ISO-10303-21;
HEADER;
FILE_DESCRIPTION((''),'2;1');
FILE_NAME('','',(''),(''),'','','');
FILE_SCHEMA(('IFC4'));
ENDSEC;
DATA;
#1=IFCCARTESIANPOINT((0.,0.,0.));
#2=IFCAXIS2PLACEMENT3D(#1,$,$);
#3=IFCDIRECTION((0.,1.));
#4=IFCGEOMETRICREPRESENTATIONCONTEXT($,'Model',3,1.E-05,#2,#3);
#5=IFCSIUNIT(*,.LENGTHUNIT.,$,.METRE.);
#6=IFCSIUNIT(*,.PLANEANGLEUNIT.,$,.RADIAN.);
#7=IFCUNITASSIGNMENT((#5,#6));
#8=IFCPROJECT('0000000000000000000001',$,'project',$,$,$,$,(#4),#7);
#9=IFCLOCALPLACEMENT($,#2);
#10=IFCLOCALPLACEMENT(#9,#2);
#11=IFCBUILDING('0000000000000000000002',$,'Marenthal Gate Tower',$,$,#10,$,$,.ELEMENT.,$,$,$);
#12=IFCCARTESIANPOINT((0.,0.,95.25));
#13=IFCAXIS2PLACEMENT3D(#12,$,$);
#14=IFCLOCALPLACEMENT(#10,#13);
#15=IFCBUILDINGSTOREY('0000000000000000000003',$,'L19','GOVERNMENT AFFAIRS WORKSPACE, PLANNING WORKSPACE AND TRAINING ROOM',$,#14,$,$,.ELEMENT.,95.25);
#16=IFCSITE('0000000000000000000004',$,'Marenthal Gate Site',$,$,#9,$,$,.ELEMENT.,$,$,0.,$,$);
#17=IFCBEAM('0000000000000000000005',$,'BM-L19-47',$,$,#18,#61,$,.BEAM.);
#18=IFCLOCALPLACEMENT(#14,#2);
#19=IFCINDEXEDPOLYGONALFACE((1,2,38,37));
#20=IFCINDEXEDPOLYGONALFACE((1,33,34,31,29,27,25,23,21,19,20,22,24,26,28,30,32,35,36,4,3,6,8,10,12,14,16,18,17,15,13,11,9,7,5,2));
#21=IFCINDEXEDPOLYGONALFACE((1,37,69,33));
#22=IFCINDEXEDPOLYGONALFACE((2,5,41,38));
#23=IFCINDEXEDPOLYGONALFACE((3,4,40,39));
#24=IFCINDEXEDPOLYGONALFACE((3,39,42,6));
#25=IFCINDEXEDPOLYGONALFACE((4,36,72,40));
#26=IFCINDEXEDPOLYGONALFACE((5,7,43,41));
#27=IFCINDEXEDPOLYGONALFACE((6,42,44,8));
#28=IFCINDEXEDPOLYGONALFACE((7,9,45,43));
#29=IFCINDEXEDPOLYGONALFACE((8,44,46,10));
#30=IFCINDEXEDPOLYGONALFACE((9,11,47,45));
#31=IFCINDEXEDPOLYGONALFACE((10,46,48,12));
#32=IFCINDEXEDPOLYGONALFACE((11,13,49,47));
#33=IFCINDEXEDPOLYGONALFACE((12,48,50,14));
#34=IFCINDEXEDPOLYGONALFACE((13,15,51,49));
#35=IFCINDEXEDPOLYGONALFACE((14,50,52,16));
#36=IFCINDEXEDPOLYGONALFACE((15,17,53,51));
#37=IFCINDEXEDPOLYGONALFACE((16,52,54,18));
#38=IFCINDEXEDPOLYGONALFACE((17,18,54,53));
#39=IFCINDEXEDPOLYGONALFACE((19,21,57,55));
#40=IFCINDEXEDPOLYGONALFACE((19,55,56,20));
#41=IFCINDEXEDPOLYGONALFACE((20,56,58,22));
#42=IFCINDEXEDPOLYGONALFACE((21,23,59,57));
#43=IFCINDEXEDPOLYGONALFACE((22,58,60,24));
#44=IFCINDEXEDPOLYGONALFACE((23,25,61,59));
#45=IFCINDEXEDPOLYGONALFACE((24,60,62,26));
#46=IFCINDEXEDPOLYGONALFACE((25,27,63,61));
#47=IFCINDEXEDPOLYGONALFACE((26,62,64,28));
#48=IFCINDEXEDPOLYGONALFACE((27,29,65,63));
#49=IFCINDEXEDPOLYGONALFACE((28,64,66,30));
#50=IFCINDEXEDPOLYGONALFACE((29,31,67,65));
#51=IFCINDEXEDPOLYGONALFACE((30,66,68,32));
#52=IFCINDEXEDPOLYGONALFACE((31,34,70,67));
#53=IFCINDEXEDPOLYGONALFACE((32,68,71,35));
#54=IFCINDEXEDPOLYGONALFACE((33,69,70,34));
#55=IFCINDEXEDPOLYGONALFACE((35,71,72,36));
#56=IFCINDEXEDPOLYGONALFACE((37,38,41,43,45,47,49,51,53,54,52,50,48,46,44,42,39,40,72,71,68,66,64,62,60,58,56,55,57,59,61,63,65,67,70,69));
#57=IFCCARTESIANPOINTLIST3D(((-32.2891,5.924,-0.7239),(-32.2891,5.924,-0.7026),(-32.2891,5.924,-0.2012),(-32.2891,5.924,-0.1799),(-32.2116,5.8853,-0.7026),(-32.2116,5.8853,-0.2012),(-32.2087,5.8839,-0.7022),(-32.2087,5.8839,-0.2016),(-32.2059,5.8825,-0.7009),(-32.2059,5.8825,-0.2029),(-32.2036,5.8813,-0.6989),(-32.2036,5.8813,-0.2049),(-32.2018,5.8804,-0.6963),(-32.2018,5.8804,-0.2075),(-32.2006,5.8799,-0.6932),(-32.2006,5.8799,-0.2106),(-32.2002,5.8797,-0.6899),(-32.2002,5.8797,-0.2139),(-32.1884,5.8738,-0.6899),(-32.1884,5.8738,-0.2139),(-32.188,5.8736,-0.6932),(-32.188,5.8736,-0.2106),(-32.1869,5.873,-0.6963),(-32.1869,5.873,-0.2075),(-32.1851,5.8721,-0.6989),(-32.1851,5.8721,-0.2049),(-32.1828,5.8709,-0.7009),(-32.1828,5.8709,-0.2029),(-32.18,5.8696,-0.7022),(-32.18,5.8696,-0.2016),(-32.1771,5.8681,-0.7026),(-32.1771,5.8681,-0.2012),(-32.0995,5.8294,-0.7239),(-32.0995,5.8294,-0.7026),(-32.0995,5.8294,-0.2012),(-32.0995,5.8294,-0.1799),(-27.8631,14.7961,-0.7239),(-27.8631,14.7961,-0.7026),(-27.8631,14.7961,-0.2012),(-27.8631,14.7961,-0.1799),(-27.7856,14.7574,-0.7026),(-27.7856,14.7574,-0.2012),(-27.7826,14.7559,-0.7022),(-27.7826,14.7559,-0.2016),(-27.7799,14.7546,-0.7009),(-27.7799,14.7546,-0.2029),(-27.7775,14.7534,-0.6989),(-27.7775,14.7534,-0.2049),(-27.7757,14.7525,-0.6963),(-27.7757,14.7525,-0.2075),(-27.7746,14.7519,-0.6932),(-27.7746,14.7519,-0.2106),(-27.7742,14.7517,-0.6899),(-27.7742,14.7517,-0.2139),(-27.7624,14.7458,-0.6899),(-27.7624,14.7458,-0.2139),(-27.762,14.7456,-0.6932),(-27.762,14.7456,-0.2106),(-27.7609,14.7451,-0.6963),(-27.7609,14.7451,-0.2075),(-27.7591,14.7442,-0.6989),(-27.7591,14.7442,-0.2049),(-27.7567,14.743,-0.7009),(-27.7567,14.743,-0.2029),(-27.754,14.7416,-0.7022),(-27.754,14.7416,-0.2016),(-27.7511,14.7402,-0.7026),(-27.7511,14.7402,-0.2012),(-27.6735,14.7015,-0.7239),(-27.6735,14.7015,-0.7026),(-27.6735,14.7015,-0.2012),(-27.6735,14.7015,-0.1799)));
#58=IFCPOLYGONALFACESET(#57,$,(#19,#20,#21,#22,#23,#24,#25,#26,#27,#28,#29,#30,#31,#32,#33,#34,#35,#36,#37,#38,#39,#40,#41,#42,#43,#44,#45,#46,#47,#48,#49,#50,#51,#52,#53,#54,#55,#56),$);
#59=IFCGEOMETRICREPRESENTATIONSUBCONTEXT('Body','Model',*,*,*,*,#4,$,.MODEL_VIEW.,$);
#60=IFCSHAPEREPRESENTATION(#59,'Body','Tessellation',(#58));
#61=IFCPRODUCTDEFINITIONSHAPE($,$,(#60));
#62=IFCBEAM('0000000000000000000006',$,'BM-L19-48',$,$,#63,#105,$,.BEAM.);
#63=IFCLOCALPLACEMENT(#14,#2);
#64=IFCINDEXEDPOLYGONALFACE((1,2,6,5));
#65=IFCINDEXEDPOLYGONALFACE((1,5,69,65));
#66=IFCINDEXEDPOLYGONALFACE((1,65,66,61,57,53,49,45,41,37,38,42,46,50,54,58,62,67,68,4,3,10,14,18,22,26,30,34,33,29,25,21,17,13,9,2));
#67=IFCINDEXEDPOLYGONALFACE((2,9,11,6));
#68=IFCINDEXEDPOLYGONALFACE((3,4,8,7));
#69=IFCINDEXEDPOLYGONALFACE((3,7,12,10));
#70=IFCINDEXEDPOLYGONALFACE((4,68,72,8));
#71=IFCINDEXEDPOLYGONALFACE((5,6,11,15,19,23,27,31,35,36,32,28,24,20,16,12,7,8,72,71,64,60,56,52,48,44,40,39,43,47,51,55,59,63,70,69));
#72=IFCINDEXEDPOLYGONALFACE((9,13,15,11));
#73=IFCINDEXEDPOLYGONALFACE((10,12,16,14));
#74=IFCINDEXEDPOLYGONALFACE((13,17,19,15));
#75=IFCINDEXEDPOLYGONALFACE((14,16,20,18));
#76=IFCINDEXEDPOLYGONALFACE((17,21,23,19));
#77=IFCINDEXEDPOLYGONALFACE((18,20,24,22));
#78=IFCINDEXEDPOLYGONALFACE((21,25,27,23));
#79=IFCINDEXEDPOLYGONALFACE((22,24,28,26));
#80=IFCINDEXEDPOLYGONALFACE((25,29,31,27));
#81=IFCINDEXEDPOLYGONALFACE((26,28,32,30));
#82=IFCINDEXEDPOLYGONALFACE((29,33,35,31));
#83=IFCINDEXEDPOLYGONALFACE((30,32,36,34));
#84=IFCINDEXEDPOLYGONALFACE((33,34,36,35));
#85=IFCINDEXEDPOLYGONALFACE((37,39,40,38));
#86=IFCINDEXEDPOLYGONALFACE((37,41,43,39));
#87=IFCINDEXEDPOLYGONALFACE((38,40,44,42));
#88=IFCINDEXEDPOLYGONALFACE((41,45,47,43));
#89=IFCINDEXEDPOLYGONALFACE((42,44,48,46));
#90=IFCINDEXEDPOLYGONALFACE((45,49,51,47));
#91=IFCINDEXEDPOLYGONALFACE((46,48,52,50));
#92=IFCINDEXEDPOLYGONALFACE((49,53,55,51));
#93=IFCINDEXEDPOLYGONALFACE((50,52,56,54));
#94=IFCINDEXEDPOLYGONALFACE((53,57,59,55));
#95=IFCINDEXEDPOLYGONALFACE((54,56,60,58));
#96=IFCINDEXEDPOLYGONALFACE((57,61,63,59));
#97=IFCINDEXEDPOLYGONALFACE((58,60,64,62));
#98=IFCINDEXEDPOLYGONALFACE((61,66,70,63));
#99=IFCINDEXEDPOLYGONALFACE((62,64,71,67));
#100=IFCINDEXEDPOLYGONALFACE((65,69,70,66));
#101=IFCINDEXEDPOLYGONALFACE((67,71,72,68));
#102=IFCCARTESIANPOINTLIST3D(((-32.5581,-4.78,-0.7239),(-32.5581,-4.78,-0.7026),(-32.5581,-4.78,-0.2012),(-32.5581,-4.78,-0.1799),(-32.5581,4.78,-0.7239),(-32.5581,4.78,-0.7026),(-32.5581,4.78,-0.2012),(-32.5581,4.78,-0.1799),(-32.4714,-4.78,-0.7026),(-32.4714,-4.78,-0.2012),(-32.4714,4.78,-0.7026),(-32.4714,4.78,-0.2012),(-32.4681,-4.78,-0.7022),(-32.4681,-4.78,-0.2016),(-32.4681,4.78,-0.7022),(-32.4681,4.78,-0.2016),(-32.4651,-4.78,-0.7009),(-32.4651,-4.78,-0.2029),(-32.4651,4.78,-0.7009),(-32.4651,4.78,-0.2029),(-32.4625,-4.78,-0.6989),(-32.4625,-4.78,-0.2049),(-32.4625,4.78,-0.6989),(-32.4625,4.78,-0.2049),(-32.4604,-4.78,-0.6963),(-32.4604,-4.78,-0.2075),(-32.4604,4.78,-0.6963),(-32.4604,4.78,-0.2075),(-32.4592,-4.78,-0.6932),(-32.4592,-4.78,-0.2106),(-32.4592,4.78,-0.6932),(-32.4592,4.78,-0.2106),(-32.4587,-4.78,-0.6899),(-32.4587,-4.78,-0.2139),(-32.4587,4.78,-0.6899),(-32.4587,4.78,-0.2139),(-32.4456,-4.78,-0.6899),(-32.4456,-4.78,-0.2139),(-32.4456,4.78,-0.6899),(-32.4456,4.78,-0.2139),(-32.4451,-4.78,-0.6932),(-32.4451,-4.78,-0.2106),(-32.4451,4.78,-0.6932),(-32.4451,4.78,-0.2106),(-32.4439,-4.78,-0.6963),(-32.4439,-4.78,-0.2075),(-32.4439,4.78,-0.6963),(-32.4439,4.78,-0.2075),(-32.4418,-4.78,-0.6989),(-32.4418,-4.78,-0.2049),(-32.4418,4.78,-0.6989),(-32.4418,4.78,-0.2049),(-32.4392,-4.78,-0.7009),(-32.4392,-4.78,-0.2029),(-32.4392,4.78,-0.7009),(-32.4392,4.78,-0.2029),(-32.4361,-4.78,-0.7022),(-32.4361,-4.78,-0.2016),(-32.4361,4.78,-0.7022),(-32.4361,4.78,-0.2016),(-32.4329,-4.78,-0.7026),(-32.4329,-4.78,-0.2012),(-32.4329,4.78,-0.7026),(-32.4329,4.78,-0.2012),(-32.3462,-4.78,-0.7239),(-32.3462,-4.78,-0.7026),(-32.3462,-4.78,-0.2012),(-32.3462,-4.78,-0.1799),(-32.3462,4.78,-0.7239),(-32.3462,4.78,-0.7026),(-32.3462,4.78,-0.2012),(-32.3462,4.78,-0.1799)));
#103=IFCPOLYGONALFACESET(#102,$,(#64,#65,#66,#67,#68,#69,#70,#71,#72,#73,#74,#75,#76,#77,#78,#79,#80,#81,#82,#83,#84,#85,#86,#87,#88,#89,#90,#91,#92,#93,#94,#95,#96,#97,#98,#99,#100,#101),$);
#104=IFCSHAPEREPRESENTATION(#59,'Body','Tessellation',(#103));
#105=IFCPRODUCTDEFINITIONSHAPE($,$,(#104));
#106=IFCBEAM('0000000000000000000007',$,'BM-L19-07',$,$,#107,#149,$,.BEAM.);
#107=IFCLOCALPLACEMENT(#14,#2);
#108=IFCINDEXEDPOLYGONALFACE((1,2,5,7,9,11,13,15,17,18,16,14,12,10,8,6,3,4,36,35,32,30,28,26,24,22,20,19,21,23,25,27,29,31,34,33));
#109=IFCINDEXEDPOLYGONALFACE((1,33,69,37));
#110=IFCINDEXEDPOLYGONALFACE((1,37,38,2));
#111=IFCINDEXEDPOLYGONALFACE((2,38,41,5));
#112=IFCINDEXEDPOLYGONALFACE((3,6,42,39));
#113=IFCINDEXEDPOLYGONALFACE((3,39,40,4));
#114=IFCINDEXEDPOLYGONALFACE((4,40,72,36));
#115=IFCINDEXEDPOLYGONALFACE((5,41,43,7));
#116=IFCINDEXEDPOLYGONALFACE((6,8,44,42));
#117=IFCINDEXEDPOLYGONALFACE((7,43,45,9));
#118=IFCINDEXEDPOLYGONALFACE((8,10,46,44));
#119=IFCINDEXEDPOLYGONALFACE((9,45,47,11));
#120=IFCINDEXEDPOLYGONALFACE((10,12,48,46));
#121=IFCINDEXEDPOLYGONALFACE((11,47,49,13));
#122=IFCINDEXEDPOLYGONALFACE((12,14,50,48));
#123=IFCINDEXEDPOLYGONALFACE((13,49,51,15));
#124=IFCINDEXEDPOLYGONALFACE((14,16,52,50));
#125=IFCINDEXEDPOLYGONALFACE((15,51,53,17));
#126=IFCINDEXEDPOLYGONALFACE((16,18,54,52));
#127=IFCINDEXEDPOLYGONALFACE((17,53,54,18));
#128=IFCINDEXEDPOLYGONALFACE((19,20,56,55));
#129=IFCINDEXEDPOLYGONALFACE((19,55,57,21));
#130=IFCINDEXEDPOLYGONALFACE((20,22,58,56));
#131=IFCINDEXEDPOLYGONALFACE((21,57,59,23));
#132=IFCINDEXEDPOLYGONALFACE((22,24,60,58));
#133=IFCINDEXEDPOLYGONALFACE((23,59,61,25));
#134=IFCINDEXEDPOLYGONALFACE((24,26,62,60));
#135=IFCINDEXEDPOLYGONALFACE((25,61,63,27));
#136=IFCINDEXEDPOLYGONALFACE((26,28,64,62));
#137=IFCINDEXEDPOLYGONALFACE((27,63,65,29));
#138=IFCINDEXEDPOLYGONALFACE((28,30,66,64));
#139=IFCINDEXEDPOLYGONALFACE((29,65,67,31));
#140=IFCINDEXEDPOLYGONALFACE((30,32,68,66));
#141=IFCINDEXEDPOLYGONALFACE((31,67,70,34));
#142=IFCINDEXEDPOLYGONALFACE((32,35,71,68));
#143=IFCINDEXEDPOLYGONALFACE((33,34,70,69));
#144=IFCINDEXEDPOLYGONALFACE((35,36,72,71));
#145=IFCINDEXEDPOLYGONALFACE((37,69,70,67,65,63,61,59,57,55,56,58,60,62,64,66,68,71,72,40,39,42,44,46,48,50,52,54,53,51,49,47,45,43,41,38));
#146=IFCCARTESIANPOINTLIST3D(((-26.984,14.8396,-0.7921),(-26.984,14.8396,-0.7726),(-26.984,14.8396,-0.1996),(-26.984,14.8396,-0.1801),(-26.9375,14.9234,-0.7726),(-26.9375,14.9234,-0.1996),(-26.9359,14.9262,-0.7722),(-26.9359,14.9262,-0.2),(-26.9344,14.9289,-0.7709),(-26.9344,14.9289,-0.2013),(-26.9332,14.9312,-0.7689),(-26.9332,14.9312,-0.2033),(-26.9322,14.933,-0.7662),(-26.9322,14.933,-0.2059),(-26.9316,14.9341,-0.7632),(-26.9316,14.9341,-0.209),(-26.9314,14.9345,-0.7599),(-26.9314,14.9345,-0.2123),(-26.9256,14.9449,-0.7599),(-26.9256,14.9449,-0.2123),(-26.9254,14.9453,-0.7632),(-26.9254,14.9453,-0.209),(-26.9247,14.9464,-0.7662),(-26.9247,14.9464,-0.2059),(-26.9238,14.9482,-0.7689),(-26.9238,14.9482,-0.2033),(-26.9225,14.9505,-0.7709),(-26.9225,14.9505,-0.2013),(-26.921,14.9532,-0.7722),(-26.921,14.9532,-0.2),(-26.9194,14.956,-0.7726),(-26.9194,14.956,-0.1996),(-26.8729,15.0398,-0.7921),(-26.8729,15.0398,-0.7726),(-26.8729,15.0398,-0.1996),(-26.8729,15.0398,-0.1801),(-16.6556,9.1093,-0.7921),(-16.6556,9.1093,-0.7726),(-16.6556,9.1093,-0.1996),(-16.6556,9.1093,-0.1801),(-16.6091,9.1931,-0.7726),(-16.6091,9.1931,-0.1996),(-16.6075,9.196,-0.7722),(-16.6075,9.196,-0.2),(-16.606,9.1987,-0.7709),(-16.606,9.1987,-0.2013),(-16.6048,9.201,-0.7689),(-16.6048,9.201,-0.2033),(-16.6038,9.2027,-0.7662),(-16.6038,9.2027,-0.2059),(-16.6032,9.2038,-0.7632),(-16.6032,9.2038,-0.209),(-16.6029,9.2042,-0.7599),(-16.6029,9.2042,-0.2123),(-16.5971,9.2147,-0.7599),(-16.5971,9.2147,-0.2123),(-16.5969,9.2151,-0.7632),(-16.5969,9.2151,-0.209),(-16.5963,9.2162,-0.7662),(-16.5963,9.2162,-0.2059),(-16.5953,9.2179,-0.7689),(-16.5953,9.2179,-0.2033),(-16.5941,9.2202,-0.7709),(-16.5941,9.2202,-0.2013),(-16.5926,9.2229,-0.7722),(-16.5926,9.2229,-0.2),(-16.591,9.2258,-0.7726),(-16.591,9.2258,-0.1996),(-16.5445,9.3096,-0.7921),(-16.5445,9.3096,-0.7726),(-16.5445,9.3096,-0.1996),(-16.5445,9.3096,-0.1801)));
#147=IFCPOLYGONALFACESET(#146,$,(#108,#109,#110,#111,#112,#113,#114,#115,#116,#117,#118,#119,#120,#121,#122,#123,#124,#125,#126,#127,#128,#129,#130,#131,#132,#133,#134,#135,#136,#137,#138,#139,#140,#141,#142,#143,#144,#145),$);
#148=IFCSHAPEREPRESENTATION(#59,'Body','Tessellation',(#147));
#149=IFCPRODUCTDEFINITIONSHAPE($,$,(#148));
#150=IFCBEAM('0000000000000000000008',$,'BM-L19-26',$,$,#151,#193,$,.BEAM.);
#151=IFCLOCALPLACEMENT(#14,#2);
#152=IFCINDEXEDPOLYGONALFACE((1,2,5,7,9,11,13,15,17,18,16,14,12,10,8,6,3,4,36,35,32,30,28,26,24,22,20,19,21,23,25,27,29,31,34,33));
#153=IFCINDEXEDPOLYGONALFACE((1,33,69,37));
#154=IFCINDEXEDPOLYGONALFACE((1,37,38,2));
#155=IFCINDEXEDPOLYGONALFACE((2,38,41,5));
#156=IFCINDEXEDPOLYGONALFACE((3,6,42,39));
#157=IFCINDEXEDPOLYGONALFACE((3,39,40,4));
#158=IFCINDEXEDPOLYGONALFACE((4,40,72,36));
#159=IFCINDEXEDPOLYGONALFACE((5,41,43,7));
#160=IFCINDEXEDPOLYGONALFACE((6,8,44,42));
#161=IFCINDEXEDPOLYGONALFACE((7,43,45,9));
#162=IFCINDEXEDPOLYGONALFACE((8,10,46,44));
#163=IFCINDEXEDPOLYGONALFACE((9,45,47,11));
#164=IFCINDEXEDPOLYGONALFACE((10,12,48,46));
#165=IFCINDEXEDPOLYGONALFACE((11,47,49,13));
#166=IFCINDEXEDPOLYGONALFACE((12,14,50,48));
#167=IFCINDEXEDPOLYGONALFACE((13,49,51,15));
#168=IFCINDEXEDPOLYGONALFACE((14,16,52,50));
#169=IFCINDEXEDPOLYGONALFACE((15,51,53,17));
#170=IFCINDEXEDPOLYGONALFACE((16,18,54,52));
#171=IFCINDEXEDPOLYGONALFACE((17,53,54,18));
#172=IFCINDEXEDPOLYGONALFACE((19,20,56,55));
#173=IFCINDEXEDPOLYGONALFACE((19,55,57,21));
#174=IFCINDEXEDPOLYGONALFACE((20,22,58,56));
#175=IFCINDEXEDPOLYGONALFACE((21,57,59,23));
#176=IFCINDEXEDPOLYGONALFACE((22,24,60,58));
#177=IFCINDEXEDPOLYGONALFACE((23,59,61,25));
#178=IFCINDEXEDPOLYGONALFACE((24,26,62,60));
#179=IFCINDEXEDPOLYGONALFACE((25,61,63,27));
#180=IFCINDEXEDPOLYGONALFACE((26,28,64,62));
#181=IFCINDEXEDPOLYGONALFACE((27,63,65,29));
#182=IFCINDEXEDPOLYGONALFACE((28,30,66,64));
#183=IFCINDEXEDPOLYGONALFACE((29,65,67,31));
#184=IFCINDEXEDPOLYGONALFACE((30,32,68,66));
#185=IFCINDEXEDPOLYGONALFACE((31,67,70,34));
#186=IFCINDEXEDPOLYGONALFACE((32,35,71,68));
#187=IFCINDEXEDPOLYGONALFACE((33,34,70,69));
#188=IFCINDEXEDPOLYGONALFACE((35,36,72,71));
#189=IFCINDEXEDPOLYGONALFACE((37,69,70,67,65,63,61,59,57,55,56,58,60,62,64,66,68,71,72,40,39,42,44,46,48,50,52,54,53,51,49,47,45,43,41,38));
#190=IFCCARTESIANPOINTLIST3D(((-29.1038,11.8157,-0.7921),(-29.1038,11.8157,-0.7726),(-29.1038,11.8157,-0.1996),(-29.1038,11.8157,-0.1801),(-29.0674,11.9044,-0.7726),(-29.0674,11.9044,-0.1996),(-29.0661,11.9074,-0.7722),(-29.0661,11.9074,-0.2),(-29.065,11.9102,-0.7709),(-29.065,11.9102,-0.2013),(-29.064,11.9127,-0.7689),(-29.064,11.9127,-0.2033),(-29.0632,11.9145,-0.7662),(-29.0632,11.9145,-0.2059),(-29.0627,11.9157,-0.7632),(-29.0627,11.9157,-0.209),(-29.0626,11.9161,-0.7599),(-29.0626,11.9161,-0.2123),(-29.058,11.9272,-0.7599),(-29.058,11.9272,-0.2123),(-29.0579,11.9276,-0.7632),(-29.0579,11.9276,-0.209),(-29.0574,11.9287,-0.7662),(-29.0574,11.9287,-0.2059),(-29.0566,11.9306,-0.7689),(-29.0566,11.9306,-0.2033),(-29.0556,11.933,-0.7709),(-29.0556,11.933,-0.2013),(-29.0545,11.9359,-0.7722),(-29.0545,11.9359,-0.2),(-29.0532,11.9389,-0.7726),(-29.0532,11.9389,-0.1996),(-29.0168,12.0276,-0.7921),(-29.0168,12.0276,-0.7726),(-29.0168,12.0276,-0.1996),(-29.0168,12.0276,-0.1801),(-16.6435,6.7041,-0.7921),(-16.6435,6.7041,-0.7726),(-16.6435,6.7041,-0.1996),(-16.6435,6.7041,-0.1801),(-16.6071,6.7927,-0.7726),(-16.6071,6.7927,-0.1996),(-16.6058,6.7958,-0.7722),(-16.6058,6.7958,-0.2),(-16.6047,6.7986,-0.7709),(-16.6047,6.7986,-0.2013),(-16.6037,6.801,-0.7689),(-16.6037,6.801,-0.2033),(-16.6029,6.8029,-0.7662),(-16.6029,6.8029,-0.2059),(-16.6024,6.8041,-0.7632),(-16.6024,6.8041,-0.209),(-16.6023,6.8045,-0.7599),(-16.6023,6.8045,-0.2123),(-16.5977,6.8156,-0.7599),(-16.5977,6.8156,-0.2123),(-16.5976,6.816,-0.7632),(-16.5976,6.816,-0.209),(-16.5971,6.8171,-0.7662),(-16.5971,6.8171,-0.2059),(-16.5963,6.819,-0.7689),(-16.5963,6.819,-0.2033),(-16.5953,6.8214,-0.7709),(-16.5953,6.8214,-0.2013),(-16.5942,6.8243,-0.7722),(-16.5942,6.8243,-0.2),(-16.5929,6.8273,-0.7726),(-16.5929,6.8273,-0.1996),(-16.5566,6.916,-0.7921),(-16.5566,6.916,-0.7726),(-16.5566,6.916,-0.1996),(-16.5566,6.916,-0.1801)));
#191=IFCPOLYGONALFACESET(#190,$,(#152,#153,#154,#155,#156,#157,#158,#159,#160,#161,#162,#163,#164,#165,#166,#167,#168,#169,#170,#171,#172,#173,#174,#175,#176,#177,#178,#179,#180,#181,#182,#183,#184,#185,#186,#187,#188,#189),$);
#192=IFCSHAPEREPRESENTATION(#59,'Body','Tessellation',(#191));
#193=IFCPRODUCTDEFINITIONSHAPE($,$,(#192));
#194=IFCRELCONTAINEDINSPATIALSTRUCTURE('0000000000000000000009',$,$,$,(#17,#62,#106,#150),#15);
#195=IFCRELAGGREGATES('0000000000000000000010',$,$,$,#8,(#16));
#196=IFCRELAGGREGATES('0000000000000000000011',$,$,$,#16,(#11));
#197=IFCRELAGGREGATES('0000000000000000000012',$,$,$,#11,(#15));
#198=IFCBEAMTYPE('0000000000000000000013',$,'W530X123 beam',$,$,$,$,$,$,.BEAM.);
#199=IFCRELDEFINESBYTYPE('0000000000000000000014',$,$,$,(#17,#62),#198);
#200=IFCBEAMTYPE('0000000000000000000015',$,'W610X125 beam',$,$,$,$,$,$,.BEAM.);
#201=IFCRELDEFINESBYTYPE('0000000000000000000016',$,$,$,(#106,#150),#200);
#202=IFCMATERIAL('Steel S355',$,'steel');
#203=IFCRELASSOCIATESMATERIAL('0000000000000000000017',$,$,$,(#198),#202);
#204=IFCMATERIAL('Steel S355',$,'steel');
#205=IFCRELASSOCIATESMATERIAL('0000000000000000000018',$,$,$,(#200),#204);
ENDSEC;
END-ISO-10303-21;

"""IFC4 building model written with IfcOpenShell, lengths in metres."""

from ifc_helpers import new_model, si_unit, direction, frame, origin, origin_2d, place, context, subcontext, project, spatial, i_section, extrude, material, material_profile, profile_set, type_object, element, save


model = new_model("IFC4")

# Units and contexts
model_context = context("Model", 3, precision=1e-05, world=origin(), true_north=direction((0.0, 1.0)))
body_context = subcontext(model_context, "Body", "Model", "MODEL_VIEW")
ifc_project = project(units=[si_unit("LENGTHUNIT", "METRE"), si_unit("PLANEANGLEUNIT", "RADIAN")], contexts=[model_context])

# Site, building, storey
site_placement = place(None, origin())
site = spatial("IfcSite", under=ifc_project, at=site_placement, Name="Marenthal Gate Site", CompositionType="ELEMENT", RefElevation=0.0)
building_placement = place(site_placement, origin())
building = spatial("IfcBuilding", under=site, at=building_placement, Name="Marenthal Gate Tower", CompositionType="ELEMENT")
storey_placement = place(building_placement, frame((0.0, 0.0, 95.25)))
storey = spatial("IfcBuildingStorey", under=building, at=storey_placement, Name="L19", Description="GOVERNMENT AFFAIRS WORKSPACE, PLANNING WORKSPACE AND TRAINING ROOM", CompositionType="ELEMENT", Elevation=95.25)

# Beams
ifc_material_1 = material(Name="Steel S355", Category="steel")
ifc_material_profile_1 = material_profile(ifc_material_1, i_section(OverallWidth=0.2119, OverallDepth=0.5439, WebThickness=0.0132, FlangeThickness=0.0212, FilletRadius=0.0127, at=origin_2d()), Name="W530X123")
ifc_profile_set_1 = profile_set([ifc_material_profile_1], Name="Steel S355")
beam_type_1 = type_object("IfcBeamType", Name="W530X123 beam", PredefinedType="BEAM", material=ifc_profile_set_1)
beam_1_placement = place(storey_placement, frame((-27.7683, 14.7488, -0.4519), z_axis=(-0.446406, -0.894831, 0.0), x_axis=(0.894831, -0.446406, 0.0)))
element("IfcBeam", 1, at=beam_1_placement, inside=storey, type_object=beam_type_1, Name="BM-L19-47", PredefinedType="BEAM", context=body_context, shape_type="SweptSolid", body=[
    extrude(i_section(OverallWidth=0.2119, OverallDepth=0.5439, WebThickness=0.0132, FlangeThickness=0.0212, FilletRadius=0.0127, at=origin_2d()), origin(), (0.0, 0.0, 1.0), 9.9148),
])
beam_2_placement = place(storey_placement, frame((-32.4521, 4.78, -0.4519), z_axis=(0.0, -1.0, 0.0), x_axis=(1.0, 0.0, 0.0)))
element("IfcBeam", 2, at=beam_2_placement, inside=storey, type_object=beam_type_1, Name="BM-L19-48", PredefinedType="BEAM", context=body_context, shape_type="SweptSolid", body=[
    extrude(i_section(OverallWidth=0.2119, OverallDepth=0.5439, WebThickness=0.0132, FlangeThickness=0.0212, FilletRadius=0.0127, at=origin_2d()), origin(), (0.0, 0.0, 1.0), 9.5601),
])
ifc_material_2 = material(Name="Steel S355", Category="steel")
ifc_material_profile_2 = material_profile(ifc_material_2, i_section(OverallWidth=0.229, OverallDepth=0.6121, WebThickness=0.012, FlangeThickness=0.0195, FilletRadius=0.0127, at=origin_2d()), Name="W610X125")
ifc_profile_set_2 = profile_set([ifc_material_profile_2], Name="Steel S355")
beam_type_2 = type_object("IfcBeamType", Name="W610X125 beam", PredefinedType="BEAM", material=ifc_profile_set_2)
beam_3_placement = place(storey_placement, frame((-26.9285, 14.9397, -0.4861), z_axis=(0.874436, -0.485141, 0.0), x_axis=(0.485141, 0.874436, 0.0)))
element("IfcBeam", 3, at=beam_3_placement, inside=storey, type_object=beam_type_2, Name="BM-L19-07", PredefinedType="BEAM", context=body_context, shape_type="SweptSolid", body=[
    extrude(i_section(OverallWidth=0.229, OverallDepth=0.6121, WebThickness=0.012, FlangeThickness=0.0195, FilletRadius=0.0127, at=origin_2d()), origin(), (0.0, 0.0, 1.0), 11.8115),
])
beam_4_placement = place(storey_placement, frame((-29.0603, 11.9216, -0.4861), z_axis=(0.925177, -0.379537, 0.0), x_axis=(0.379537, 0.925177, 0.0)))
element("IfcBeam", 4, at=beam_4_placement, inside=storey, type_object=beam_type_2, Name="BM-L19-26", PredefinedType="BEAM", context=body_context, shape_type="SweptSolid", body=[
    extrude(i_section(OverallWidth=0.229, OverallDepth=0.6121, WebThickness=0.012, FlangeThickness=0.0195, FilletRadius=0.0127, at=origin_2d()), origin(), (0.0, 0.0, 1.0), 13.468),
])

save(model, "model.ifc")
